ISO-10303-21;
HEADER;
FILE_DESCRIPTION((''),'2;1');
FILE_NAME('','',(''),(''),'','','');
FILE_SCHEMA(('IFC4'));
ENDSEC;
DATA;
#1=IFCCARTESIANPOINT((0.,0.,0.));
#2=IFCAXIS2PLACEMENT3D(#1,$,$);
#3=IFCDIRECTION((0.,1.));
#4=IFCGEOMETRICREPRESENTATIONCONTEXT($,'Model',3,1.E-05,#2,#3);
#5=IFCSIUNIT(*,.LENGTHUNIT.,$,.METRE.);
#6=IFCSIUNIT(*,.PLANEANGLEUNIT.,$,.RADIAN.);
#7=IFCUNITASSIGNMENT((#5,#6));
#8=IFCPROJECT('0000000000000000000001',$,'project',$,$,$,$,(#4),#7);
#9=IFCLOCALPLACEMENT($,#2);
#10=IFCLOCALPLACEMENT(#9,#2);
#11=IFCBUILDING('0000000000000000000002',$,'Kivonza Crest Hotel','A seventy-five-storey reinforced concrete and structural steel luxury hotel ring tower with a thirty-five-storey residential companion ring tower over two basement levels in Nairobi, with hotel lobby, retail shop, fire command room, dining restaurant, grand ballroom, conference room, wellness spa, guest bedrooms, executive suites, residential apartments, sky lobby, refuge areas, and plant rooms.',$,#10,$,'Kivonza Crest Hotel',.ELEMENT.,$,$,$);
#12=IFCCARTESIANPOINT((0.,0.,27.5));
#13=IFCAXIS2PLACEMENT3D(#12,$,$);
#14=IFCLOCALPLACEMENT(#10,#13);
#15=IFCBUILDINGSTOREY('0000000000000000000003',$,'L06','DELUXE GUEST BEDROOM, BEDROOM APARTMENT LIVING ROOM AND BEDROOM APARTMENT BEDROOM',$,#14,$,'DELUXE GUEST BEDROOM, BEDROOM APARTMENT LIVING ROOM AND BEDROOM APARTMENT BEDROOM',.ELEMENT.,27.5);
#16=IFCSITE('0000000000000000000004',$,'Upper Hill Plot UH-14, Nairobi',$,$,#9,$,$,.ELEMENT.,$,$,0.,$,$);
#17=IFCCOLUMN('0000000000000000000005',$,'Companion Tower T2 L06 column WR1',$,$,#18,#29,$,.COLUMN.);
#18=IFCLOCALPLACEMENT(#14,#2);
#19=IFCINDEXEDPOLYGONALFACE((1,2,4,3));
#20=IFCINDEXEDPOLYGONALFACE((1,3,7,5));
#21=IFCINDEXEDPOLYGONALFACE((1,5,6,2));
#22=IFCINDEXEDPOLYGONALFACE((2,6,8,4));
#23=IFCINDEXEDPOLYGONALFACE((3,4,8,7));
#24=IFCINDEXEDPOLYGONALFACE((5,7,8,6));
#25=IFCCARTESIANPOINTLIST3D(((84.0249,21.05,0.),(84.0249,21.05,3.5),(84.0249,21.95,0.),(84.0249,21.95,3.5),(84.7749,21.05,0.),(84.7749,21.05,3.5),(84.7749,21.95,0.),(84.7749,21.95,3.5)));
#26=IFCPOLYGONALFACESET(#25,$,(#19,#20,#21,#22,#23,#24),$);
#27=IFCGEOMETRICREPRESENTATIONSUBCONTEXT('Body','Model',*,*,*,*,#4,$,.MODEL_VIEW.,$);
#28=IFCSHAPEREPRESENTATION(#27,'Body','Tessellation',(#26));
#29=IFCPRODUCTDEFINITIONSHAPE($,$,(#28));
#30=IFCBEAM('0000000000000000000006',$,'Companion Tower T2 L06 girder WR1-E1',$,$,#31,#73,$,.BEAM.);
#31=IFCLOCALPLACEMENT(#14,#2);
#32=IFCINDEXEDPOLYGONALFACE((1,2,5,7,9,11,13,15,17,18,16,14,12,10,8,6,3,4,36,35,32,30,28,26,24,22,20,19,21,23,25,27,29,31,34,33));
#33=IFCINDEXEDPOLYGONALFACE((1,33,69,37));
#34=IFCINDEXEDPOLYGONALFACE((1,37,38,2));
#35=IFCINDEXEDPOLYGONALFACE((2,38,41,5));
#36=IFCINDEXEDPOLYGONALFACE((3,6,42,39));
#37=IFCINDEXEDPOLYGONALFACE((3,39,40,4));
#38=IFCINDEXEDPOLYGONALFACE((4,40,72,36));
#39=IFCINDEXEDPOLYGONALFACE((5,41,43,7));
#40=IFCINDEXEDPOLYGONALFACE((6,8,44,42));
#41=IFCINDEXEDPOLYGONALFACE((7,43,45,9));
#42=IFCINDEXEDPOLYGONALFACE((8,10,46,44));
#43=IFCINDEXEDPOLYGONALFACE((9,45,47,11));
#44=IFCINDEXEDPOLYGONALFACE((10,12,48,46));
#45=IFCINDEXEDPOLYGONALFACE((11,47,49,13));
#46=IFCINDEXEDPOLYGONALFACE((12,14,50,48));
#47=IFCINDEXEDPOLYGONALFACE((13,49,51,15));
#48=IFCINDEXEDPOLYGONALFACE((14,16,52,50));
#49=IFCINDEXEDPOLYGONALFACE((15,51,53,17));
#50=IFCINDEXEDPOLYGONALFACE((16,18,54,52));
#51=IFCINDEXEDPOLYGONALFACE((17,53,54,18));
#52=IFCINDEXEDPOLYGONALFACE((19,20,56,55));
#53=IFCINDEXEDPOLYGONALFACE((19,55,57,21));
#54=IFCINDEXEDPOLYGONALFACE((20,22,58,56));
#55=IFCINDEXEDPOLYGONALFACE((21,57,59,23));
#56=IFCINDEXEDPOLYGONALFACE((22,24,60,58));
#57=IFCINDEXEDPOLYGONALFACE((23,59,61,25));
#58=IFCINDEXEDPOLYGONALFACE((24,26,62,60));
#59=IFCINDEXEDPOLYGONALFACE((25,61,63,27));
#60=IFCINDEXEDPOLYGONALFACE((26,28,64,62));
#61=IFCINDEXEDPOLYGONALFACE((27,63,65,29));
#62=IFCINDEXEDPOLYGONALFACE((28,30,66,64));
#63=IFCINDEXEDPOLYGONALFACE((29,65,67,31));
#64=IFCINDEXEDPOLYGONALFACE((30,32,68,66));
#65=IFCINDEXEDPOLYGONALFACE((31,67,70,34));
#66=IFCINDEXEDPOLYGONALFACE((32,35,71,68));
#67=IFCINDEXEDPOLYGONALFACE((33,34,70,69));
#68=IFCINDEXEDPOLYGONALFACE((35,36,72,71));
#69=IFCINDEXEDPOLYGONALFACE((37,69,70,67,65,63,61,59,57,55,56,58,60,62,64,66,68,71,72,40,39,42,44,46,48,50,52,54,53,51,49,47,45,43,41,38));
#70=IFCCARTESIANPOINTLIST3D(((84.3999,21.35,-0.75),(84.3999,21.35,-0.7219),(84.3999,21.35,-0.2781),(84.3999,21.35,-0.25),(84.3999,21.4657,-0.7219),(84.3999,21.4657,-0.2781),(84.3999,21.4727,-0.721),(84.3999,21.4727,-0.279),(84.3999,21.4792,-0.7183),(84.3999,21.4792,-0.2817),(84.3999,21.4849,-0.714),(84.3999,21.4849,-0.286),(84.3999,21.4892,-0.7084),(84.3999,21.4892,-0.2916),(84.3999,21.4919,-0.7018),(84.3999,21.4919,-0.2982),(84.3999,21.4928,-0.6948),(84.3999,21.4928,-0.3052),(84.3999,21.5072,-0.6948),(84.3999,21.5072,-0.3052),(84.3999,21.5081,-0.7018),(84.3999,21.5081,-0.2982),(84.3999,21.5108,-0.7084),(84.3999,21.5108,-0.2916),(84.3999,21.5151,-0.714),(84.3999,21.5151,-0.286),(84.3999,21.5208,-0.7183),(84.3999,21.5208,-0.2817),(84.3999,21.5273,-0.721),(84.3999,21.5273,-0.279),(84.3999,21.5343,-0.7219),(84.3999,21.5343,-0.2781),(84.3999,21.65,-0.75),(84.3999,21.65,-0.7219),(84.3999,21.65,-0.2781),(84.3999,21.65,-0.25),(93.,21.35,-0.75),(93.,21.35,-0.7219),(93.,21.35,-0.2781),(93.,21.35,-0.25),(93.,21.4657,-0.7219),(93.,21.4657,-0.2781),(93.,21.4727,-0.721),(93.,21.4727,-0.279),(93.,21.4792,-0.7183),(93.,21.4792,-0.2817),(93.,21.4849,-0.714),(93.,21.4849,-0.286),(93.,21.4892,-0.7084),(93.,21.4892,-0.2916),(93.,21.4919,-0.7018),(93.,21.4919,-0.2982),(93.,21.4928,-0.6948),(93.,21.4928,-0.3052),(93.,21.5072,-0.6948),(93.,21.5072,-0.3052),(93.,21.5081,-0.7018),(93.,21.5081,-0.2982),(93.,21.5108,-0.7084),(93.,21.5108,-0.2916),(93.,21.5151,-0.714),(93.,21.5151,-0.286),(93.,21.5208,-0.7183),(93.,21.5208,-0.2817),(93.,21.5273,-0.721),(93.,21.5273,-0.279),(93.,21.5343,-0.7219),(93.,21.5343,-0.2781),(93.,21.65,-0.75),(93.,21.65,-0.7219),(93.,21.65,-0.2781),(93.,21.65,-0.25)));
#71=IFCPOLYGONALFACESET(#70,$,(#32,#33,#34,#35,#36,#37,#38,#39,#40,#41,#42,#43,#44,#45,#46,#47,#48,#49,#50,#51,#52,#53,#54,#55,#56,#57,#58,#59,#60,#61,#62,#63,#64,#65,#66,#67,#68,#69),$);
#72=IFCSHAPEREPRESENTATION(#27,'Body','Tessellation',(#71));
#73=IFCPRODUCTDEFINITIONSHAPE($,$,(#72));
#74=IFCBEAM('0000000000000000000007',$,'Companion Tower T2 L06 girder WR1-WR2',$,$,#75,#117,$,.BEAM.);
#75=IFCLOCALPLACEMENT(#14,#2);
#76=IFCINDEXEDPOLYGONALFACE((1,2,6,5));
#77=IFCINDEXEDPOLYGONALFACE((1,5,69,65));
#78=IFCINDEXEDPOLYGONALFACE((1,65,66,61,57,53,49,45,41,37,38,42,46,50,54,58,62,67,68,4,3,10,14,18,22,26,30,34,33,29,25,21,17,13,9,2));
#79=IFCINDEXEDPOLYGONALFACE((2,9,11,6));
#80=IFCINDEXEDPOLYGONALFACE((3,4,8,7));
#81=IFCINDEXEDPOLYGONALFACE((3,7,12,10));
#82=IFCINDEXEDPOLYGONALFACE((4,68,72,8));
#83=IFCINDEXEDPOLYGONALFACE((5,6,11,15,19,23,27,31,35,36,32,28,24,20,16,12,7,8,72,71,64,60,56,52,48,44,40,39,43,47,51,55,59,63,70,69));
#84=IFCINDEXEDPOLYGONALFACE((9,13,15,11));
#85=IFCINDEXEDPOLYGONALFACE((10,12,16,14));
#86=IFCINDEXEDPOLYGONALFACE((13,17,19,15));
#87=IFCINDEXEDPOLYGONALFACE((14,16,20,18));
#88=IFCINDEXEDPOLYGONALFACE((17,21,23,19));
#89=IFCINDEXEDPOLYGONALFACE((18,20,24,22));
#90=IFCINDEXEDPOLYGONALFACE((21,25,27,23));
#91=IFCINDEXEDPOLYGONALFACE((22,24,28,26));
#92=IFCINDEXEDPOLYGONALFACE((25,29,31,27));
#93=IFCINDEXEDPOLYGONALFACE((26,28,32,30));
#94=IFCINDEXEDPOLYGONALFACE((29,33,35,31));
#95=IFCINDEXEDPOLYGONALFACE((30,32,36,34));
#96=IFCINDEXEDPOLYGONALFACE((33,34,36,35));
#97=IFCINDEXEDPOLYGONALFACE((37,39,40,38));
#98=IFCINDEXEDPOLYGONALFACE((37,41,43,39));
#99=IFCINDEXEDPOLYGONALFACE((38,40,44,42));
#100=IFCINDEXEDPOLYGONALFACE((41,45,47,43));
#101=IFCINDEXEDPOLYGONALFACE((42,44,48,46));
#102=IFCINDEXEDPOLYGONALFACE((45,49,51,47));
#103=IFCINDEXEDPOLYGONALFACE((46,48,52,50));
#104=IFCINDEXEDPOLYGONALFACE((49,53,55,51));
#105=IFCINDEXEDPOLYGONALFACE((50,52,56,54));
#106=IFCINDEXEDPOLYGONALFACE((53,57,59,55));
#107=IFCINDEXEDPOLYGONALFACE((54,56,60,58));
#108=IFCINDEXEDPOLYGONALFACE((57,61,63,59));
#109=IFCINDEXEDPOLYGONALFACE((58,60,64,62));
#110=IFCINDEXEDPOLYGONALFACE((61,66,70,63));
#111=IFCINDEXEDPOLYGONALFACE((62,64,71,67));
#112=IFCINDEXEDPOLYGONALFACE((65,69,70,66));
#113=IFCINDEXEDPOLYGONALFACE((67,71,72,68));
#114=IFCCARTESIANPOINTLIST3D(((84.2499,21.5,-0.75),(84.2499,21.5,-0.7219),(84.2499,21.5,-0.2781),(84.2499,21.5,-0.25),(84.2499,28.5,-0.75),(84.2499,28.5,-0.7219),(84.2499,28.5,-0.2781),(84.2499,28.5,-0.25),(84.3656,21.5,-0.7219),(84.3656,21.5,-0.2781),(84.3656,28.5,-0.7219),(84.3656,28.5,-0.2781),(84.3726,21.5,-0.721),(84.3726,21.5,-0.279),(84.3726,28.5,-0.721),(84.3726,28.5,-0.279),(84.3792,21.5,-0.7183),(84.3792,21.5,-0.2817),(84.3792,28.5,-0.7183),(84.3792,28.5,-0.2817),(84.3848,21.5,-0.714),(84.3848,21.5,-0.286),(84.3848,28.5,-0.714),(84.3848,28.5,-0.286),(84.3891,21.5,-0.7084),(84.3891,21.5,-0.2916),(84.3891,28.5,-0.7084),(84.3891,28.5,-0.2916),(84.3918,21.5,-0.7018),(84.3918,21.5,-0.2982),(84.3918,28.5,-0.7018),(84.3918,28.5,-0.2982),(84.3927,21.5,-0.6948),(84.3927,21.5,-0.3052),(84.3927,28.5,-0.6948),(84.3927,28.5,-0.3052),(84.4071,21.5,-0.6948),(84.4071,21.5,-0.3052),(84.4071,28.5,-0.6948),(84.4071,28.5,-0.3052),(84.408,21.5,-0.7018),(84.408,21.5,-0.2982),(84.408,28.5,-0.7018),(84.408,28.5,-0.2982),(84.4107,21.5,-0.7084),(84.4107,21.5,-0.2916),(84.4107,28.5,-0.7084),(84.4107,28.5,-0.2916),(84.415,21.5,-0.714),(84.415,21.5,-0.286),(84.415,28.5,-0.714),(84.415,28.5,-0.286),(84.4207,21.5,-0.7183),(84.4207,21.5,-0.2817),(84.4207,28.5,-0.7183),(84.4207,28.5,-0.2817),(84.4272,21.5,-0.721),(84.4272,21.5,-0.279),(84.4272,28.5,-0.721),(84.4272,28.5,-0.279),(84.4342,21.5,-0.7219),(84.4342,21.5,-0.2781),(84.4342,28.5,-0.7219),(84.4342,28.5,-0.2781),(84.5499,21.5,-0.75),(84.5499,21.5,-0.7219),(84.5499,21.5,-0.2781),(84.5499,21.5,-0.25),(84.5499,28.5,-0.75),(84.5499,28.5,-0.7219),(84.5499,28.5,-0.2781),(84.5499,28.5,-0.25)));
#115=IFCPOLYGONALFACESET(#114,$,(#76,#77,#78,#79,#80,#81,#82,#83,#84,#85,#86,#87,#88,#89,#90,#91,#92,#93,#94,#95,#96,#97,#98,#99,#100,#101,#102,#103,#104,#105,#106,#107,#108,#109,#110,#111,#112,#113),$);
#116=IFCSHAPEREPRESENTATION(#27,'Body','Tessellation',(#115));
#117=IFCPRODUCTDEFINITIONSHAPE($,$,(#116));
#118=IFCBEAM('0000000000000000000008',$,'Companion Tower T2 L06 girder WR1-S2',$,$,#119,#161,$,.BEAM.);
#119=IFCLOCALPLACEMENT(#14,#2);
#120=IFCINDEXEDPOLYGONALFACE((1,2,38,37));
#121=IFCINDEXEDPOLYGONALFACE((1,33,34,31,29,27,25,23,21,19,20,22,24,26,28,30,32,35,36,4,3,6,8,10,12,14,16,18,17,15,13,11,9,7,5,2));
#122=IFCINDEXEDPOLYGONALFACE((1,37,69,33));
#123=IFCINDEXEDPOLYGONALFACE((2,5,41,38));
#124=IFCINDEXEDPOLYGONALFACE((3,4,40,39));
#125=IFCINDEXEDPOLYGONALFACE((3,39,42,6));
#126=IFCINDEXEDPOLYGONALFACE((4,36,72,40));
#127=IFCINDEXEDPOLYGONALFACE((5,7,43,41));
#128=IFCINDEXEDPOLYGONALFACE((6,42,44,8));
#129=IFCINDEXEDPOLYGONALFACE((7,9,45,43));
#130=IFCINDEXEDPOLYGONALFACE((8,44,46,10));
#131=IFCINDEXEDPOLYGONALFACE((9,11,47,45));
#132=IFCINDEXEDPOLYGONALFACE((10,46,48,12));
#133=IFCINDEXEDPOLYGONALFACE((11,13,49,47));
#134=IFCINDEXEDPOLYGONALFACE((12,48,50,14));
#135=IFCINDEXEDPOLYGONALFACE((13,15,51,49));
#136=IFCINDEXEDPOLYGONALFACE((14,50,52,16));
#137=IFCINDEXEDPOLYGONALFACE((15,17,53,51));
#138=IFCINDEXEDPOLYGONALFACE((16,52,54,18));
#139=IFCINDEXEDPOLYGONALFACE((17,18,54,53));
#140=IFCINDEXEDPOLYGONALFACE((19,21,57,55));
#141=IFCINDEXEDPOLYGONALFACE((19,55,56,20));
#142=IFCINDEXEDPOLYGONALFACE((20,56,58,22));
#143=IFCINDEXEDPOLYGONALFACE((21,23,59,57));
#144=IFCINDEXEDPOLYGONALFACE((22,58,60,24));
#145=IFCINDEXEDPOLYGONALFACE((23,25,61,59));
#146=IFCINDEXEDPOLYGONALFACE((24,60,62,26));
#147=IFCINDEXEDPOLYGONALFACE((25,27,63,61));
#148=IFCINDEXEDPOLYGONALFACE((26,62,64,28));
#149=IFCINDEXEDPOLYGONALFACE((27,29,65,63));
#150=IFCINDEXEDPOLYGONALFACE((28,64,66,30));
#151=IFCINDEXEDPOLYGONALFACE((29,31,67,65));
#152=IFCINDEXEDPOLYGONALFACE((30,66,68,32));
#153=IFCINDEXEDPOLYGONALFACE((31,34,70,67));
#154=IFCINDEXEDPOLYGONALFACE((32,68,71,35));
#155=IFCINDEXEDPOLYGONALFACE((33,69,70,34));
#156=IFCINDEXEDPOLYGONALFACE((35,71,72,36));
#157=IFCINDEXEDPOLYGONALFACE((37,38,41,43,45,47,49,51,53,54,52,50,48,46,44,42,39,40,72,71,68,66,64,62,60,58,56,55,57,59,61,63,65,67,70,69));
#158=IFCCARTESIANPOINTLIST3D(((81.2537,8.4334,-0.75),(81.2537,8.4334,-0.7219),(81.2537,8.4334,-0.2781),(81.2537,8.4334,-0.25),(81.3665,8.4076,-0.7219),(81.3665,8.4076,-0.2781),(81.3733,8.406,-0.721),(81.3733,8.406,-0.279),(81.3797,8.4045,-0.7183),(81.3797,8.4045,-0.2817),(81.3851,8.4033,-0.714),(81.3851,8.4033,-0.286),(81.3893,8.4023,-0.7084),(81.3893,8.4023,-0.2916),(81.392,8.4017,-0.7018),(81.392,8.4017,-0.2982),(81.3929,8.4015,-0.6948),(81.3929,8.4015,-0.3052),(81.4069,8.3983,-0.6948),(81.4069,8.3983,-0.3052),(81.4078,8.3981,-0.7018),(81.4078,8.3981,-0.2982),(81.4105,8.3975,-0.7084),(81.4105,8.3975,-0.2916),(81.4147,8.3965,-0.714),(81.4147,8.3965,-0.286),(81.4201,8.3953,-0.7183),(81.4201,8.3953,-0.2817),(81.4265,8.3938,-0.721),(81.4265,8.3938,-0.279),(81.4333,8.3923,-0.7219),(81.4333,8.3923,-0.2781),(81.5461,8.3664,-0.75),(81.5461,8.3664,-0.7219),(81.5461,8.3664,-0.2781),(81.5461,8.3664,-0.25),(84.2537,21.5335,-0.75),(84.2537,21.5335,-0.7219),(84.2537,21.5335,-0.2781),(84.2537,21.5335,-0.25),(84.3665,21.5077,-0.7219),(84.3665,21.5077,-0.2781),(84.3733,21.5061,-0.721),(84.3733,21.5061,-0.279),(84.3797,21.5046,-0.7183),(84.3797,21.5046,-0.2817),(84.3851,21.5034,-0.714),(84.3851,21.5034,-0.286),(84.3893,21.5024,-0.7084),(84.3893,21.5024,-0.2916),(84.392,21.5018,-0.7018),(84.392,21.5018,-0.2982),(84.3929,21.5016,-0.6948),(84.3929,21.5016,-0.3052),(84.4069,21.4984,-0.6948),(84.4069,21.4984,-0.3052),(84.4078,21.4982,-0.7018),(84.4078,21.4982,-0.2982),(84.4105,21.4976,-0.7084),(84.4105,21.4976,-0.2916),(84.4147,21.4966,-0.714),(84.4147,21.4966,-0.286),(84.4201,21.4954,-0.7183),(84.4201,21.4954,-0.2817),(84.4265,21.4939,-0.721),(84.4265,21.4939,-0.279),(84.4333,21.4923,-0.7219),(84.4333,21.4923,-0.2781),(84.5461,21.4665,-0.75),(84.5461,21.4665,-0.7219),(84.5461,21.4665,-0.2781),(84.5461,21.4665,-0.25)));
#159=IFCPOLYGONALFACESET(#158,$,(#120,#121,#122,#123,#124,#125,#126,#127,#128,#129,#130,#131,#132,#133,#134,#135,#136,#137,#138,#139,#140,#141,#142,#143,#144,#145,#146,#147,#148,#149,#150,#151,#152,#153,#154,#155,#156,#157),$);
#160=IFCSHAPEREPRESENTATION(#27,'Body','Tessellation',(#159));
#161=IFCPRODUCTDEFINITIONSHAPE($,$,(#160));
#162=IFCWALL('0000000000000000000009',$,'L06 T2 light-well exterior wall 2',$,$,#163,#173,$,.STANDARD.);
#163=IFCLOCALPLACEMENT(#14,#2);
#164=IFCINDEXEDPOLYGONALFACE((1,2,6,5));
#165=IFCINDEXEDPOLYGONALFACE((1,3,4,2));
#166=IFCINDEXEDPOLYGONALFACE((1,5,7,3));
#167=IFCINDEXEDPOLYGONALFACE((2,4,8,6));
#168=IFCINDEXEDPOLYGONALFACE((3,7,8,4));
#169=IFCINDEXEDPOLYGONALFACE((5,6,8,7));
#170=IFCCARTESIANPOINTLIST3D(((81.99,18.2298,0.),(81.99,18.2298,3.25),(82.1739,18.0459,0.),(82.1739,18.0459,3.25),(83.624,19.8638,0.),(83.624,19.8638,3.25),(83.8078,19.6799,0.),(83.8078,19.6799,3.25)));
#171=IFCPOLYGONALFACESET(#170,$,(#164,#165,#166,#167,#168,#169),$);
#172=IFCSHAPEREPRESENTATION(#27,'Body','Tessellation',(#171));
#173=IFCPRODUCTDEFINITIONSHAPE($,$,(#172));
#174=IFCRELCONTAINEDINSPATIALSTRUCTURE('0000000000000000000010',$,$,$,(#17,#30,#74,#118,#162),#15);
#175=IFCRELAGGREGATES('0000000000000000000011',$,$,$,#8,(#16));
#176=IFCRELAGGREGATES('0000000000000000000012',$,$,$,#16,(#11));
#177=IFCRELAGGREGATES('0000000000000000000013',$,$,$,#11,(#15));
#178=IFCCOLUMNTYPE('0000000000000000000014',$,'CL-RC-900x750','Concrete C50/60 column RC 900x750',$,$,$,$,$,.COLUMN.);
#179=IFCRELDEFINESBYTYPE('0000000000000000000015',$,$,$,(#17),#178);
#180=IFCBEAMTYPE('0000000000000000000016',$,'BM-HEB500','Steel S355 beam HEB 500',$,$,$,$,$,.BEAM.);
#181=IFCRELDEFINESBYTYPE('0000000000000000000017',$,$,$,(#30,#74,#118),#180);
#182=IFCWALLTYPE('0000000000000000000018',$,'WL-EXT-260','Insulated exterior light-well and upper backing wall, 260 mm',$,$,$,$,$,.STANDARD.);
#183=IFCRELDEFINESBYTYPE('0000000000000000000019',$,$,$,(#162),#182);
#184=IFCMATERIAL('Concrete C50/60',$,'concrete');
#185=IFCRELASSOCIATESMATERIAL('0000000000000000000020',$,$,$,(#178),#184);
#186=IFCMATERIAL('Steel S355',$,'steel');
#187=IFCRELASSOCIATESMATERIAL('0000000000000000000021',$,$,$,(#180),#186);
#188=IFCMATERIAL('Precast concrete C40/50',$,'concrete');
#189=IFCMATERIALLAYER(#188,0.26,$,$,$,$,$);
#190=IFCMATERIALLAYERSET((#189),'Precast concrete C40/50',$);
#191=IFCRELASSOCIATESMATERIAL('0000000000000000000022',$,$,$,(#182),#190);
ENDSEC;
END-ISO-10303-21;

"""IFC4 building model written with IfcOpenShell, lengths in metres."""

from ifc_helpers import new_model, si_unit, direction, frame, frame_2d, origin, origin_2d, place, context, subcontext, project, spatial, rectangle, i_section, extrude, material, layer, layer_set, material_profile, profile_set, type_object, element, save


model = new_model("IFC4")

# Units and contexts
model_context = context("Model", 3, precision=1e-05, world=origin(), true_north=direction((0.0, 1.0)))
body_context = subcontext(model_context, "Body", "Model", "MODEL_VIEW")
ifc_project = project(units=[si_unit("LENGTHUNIT", "METRE"), si_unit("PLANEANGLEUNIT", "RADIAN")], contexts=[model_context])

# Site, building, storey
site_placement = place(None, origin())
site = spatial("IfcSite", under=ifc_project, at=site_placement, Name="Upper Hill Plot UH-14, Nairobi", CompositionType="ELEMENT", RefElevation=0.0)
building_placement = place(site_placement, origin())
building = spatial("IfcBuilding", under=site, at=building_placement, Name="Kivonza Crest Hotel", Description="A seventy-five-storey reinforced concrete and structural steel luxury hotel ring tower with a thirty-five-storey residential companion ring tower over two basement levels in Nairobi, with hotel lobby, retail shop, fire command room, dining restaurant, grand ballroom, conference room, wellness spa, guest bedrooms, executive suites, residential apartments, sky lobby, refuge areas, and plant rooms.", LongName="Kivonza Crest Hotel", CompositionType="ELEMENT")
storey_placement = place(building_placement, frame((0.0, 0.0, 27.5)))
storey = spatial("IfcBuildingStorey", under=building, at=storey_placement, Name="L06", Description="DELUXE GUEST BEDROOM, BEDROOM APARTMENT LIVING ROOM AND BEDROOM APARTMENT BEDROOM", LongName="DELUXE GUEST BEDROOM, BEDROOM APARTMENT LIVING ROOM AND BEDROOM APARTMENT BEDROOM", CompositionType="ELEMENT", Elevation=27.5)

# Column
ifc_material_1 = material(Name="Concrete C50/60", Category="concrete")
ifc_material_profile_1 = material_profile(ifc_material_1, rectangle(XDim=0.75, YDim=0.8999, at=origin_2d()), Name="RC 900x750")
ifc_profile_set_1 = profile_set([ifc_material_profile_1], Name="Concrete C50/60")
column_type = type_object("IfcColumnType", Name="CL-RC-900x750", Description="Concrete C50/60 column RC 900x750", PredefinedType="COLUMN", material=ifc_profile_set_1)
column_placement = place(storey_placement, frame((84.3999, 21.5, 0.0), z_axis=(0.0, 0.0, 1.0), x_axis=(1.0, 0.0, 0.0)))
element("IfcColumn", 1, at=column_placement, inside=storey, type_object=column_type, Name="Companion Tower T2 L06 column WR1", PredefinedType="COLUMN", context=body_context, shape_type="SweptSolid", body=[
    extrude(rectangle(XDim=0.75, YDim=0.8999, at=origin_2d()), origin(), (0.0, 0.0, 1.0), 3.5),
])

# Beams
ifc_material_2 = material(Name="Steel S355", Category="steel")
ifc_material_profile_2 = material_profile(ifc_material_2, i_section(OverallWidth=0.3, OverallDepth=0.5, WebThickness=0.0144, FlangeThickness=0.0281, FilletRadius=0.0271, at=origin_2d()), Name="HEB 500")
ifc_profile_set_2 = profile_set([ifc_material_profile_2], Name="Steel S355")
beam_type = type_object("IfcBeamType", Name="BM-HEB500", Description="Steel S355 beam HEB 500", PredefinedType="BEAM", material=ifc_profile_set_2)
beam_1_placement = place(storey_placement, frame((84.3999, 21.5, -0.5), z_axis=(1.0, 0.0, 0.0), x_axis=(0.0, 1.0, 0.0)))
element("IfcBeam", 2, at=beam_1_placement, inside=storey, type_object=beam_type, Name="Companion Tower T2 L06 girder WR1-E1", PredefinedType="BEAM", context=body_context, shape_type="SweptSolid", body=[
    extrude(i_section(OverallWidth=0.3, OverallDepth=0.5, WebThickness=0.0144, FlangeThickness=0.0281, FilletRadius=0.0271, at=origin_2d()), origin(), (0.0, 0.0, 1.0), 8.6001),
])
beam_2_placement = place(storey_placement, frame((84.3999, 21.5, -0.5), z_axis=(0.0, 1.0, 0.0), x_axis=(-1.0, 0.0, 0.0)))
element("IfcBeam", 3, at=beam_2_placement, inside=storey, type_object=beam_type, Name="Companion Tower T2 L06 girder WR1-WR2", PredefinedType="BEAM", context=body_context, shape_type="SweptSolid", body=[
    extrude(i_section(OverallWidth=0.3, OverallDepth=0.5, WebThickness=0.0144, FlangeThickness=0.0281, FilletRadius=0.0271, at=origin_2d()), origin(), (0.0, 0.0, 1.0), 7.0),
])
beam_3_placement = place(storey_placement, frame((84.3999, 21.5, -0.5), z_axis=(-0.223227, -0.974766, 0.0), x_axis=(0.974766, -0.223227, 0.0)))
element("IfcBeam", 4, at=beam_3_placement, inside=storey, type_object=beam_type, Name="Companion Tower T2 L06 girder WR1-S2", PredefinedType="BEAM", context=body_context, shape_type="SweptSolid", body=[
    extrude(i_section(OverallWidth=0.3, OverallDepth=0.5, WebThickness=0.0144, FlangeThickness=0.0281, FilletRadius=0.0271, at=origin_2d()), origin(), (0.0, 0.0, 1.0), 13.4392),
])

# Wall
ifc_material_3 = material(Name="Precast concrete C40/50", Category="concrete")
ifc_layer_1 = layer(ifc_material_3, 0.26)
ifc_layer_set_1 = layer_set([ifc_layer_1], Name="Precast concrete C40/50")
wall_type_1 = type_object("IfcWallType", Name="WL-EXT-260", Description="Insulated exterior light-well and upper backing wall, 260 mm", PredefinedType="STANDARD", material=ifc_layer_set_1)
wall_1_placement = place(storey_placement, frame((82.082, 18.1379, 0.0), z_axis=(0.0, 0.0, 1.0), x_axis=(0.707107, 0.707107, 0.0)))
element("IfcWall", 5, at=wall_1_placement, inside=storey, type_object=wall_type_1, Name="L06 T2 light-well exterior wall 2", PredefinedType="STANDARD", context=body_context, shape_type="SweptSolid", body=[
    extrude(rectangle(XDim=2.3108, YDim=0.26, at=frame_2d((1.1553, 0.0))), origin(), (0.0, 0.0, 1.0), 3.25),
])

save(model, "model.ifc")
